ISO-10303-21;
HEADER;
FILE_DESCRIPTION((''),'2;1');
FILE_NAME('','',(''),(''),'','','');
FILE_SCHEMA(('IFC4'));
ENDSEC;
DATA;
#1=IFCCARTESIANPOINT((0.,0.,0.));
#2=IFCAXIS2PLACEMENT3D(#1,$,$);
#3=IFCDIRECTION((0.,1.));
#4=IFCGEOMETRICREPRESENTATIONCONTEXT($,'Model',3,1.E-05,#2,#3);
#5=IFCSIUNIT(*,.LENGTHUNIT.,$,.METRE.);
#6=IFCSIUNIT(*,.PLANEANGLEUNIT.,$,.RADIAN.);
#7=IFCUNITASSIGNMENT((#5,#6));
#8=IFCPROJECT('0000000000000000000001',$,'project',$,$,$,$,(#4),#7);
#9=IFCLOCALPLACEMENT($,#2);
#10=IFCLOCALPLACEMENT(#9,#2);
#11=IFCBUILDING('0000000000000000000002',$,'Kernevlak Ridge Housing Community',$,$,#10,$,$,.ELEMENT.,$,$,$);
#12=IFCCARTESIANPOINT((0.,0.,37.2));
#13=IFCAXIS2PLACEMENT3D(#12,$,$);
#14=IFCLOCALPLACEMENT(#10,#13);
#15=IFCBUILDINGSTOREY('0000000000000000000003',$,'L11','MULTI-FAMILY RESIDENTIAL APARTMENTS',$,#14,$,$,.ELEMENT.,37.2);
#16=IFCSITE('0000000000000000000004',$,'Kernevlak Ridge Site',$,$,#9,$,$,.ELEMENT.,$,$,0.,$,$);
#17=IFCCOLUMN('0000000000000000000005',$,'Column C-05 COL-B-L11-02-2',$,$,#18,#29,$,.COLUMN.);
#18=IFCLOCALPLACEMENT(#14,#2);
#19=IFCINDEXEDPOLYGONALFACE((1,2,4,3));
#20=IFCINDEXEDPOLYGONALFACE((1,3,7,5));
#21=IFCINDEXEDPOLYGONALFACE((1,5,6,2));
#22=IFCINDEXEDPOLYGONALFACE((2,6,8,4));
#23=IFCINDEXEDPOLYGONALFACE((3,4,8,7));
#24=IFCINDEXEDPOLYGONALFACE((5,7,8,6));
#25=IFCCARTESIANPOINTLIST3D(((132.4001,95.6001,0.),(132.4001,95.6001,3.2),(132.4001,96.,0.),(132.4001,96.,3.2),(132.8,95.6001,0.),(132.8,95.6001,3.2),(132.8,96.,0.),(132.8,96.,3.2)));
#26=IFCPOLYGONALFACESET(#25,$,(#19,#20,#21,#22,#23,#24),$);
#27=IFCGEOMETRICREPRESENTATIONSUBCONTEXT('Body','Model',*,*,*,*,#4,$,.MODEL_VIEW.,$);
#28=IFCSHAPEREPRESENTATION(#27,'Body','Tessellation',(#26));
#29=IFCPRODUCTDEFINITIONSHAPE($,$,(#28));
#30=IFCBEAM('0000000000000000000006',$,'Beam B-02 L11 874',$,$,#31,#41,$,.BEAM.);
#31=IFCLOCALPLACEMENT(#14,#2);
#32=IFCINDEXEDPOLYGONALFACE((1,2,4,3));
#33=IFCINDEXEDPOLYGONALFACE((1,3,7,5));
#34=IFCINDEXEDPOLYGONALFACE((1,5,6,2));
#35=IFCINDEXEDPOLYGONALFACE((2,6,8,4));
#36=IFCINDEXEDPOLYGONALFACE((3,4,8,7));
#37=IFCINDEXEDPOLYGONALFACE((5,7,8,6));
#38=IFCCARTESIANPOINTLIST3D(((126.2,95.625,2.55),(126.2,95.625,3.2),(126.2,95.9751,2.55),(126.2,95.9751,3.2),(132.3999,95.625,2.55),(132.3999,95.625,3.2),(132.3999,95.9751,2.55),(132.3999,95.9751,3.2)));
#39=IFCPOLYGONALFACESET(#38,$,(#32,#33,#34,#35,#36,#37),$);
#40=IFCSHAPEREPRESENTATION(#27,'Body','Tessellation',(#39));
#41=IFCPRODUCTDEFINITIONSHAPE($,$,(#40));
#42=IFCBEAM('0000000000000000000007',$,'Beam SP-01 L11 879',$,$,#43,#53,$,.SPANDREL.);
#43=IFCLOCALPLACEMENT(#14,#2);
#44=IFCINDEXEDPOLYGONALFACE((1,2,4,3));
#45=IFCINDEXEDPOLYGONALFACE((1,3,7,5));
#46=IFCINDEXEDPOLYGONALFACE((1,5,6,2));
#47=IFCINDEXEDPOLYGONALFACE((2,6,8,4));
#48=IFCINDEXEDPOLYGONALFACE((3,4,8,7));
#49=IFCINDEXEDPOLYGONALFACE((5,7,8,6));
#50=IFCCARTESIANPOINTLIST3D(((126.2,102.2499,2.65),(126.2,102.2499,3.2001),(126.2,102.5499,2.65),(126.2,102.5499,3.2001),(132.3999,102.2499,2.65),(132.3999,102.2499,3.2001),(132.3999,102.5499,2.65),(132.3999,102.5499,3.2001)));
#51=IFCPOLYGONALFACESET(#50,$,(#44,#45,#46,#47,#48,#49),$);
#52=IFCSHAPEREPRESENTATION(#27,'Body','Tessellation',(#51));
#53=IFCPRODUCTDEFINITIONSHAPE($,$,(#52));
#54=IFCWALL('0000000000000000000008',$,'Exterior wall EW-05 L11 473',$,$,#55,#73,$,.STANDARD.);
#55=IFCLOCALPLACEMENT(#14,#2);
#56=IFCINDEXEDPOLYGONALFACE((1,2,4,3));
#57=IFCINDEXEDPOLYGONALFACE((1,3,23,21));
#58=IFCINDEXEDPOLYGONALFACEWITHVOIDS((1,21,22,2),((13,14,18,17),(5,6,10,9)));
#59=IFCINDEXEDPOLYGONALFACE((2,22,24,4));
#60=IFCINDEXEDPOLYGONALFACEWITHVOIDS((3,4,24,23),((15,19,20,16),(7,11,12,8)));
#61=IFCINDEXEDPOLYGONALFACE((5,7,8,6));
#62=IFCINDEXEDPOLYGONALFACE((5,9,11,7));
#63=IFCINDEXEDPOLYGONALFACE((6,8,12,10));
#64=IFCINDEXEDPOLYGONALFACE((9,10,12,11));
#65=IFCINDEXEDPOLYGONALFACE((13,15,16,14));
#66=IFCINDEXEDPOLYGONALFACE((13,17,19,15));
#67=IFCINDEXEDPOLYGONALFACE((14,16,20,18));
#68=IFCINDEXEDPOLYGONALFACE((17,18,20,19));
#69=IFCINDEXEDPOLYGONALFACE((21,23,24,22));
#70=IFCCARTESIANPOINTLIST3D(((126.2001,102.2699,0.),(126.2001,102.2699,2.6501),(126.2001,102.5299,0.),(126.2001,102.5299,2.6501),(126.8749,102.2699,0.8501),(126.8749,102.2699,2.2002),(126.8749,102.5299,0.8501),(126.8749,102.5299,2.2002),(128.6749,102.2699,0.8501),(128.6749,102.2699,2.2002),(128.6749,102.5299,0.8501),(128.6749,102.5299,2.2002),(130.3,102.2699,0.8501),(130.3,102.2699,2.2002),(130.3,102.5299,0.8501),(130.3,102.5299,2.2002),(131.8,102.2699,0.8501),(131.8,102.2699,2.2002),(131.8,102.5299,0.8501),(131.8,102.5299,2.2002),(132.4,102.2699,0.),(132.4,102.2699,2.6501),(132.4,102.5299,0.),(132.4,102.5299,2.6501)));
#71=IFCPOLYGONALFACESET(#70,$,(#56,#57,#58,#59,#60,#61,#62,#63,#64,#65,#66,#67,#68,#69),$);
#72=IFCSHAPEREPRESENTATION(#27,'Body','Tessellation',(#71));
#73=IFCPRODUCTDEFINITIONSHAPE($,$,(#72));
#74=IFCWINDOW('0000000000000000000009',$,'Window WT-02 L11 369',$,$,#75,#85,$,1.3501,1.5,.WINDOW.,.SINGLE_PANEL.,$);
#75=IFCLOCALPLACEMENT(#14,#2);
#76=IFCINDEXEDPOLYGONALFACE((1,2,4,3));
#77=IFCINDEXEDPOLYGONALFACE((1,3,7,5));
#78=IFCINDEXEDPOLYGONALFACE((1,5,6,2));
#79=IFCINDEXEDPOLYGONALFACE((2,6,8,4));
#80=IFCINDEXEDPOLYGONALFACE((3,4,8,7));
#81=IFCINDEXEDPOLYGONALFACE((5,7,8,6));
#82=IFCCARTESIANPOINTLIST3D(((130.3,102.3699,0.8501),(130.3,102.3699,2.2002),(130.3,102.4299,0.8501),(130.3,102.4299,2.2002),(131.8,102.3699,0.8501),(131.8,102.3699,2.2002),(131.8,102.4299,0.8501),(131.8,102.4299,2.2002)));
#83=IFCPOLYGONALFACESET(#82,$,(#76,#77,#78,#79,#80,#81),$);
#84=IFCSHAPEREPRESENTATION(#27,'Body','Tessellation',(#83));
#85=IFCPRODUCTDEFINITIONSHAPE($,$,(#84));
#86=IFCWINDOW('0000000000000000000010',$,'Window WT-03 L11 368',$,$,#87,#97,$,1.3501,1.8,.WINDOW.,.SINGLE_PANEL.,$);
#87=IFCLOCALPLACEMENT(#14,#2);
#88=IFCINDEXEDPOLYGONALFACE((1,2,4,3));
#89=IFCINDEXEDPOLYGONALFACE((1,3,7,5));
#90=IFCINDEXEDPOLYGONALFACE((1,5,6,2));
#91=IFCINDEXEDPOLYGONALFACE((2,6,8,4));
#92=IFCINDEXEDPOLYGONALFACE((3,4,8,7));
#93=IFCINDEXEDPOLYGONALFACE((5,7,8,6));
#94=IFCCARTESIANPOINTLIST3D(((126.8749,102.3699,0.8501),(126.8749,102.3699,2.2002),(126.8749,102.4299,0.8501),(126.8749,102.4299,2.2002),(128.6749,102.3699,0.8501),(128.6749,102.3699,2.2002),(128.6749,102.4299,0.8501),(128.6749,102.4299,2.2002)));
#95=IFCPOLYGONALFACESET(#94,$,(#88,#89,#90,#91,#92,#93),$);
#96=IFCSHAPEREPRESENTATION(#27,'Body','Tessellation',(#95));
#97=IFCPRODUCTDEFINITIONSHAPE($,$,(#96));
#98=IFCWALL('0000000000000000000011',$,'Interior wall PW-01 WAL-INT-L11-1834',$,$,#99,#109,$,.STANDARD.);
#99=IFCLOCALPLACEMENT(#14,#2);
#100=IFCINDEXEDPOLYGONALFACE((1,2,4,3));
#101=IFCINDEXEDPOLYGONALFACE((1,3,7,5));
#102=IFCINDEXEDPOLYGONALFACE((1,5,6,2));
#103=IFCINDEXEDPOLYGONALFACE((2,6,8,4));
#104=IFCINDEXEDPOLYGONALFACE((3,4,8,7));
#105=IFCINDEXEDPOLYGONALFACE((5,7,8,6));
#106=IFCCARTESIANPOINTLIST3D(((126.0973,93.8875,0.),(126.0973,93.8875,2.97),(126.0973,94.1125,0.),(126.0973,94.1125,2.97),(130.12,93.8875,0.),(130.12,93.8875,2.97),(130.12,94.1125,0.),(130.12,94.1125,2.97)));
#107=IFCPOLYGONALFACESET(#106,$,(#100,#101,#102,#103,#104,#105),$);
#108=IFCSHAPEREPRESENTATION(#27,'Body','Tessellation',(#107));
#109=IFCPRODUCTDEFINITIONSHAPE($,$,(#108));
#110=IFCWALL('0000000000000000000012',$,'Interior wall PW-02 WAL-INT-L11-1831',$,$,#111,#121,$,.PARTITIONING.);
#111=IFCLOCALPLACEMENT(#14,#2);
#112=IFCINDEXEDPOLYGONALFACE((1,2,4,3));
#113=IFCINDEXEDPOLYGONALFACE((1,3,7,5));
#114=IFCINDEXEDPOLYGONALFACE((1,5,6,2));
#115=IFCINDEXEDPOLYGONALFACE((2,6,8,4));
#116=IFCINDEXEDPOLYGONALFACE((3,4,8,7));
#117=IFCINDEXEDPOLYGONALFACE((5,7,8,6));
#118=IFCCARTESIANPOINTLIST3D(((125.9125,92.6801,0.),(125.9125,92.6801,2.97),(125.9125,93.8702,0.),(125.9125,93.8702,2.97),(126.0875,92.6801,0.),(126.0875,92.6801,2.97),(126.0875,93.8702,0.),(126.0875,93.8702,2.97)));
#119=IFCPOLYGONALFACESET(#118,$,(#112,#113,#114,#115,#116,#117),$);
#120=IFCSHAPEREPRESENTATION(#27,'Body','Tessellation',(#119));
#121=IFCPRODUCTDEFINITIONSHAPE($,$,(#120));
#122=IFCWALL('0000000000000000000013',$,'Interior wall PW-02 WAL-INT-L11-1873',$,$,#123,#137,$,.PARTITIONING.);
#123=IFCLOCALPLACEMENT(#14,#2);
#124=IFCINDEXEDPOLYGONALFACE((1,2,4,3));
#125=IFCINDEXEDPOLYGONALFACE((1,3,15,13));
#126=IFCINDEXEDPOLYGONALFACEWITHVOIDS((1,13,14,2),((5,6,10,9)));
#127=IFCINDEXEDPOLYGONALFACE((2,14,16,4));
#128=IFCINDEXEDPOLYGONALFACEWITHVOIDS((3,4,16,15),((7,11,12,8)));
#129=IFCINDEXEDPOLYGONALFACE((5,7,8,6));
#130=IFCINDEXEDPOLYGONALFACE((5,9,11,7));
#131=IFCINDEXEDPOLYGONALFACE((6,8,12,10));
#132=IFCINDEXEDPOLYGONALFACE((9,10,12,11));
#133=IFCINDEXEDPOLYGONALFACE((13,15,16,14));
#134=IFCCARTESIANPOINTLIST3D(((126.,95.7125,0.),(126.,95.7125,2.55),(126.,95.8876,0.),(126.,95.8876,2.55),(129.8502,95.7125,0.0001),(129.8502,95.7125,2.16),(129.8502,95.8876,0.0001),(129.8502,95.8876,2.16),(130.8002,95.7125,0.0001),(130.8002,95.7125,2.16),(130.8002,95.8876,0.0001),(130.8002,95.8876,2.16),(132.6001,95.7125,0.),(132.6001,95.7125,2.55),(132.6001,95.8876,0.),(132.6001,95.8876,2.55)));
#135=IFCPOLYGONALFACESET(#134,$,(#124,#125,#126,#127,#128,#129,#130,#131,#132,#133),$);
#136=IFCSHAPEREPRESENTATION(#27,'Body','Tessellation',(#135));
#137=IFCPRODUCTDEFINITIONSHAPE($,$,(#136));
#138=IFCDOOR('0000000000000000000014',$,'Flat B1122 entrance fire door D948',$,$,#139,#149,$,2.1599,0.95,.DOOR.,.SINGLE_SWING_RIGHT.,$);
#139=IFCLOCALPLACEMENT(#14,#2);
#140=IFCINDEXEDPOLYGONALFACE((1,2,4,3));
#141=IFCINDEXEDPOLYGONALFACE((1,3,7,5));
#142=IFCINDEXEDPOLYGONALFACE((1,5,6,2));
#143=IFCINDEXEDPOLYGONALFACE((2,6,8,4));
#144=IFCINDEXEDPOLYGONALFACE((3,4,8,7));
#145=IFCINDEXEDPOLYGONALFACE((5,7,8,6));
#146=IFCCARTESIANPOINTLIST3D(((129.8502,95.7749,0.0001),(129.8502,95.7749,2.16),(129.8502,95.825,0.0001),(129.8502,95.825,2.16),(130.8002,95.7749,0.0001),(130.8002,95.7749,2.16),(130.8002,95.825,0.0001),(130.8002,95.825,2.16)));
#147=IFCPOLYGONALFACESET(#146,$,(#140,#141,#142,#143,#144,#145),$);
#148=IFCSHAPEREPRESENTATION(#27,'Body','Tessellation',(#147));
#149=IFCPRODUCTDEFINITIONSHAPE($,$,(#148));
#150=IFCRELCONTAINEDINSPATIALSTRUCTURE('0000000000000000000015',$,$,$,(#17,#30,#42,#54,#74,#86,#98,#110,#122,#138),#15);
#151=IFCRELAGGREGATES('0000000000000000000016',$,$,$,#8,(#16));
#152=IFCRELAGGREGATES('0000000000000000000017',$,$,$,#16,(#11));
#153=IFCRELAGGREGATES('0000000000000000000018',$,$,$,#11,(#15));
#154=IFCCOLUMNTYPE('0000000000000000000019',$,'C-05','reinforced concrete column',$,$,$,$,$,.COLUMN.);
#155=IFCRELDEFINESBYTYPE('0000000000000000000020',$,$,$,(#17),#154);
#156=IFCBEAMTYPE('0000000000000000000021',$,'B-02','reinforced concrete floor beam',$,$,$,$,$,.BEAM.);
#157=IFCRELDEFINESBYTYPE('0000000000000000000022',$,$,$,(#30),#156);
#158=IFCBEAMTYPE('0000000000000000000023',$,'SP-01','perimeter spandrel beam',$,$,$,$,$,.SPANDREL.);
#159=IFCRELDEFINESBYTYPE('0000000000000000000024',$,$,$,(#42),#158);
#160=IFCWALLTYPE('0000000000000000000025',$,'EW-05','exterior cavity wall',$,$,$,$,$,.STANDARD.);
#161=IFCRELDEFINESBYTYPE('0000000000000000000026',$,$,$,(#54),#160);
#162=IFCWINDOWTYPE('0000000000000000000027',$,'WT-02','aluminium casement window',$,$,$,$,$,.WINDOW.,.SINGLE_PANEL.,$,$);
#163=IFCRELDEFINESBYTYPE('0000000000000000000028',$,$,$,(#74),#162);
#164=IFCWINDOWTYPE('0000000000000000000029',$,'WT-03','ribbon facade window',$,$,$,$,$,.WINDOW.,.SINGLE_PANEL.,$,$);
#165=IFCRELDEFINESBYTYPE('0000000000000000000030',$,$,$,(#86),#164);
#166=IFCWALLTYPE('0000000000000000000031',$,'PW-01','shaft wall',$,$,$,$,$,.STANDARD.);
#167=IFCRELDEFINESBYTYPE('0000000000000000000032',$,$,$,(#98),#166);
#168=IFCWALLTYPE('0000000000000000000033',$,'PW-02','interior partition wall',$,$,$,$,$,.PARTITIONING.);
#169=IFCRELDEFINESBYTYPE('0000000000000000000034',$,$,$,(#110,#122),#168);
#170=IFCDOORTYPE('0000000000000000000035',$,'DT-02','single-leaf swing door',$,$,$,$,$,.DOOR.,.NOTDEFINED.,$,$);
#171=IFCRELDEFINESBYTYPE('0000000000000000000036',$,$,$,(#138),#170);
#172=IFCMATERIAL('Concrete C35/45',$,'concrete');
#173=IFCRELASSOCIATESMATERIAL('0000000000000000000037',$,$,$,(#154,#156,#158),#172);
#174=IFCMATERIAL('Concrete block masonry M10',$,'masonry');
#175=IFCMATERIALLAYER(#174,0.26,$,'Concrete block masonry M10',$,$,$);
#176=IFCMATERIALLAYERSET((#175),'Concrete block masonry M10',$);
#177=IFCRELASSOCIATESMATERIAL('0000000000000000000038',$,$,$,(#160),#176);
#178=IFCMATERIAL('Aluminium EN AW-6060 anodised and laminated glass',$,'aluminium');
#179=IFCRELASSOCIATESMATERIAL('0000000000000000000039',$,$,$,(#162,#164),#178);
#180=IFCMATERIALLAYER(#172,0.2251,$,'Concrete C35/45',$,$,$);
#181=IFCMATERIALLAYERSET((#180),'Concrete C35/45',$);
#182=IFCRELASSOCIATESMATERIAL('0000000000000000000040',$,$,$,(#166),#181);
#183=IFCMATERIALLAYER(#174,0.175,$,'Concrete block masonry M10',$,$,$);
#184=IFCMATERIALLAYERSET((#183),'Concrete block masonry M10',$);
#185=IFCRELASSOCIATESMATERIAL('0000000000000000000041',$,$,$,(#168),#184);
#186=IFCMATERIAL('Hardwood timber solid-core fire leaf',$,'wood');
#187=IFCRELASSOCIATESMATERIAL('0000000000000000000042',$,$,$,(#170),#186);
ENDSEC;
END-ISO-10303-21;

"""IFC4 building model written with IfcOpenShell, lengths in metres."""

from ifc_helpers import new_model, si_unit, direction, frame, frame_2d, origin, origin_2d, place, context, subcontext, project, spatial, rectangle, extrude, material, layer, layer_set, material_profile, profile_set, type_object, element, fill, save


model = new_model("IFC4")

# Units and contexts
model_context = context("Model", 3, precision=1e-05, world=origin(), true_north=direction((0.0, 1.0)))
body_context = subcontext(model_context, "Body", "Model", "MODEL_VIEW")
ifc_project = project(units=[si_unit("LENGTHUNIT", "METRE"), si_unit("PLANEANGLEUNIT", "RADIAN")], contexts=[model_context])

# Site, building, storey
site_placement = place(None, origin())
site = spatial("IfcSite", under=ifc_project, at=site_placement, Name="Kernevlak Ridge Site", CompositionType="ELEMENT", RefElevation=0.0)
building_placement = place(site_placement, origin())
building = spatial("IfcBuilding", under=site, at=building_placement, Name="Kernevlak Ridge Housing Community", CompositionType="ELEMENT")
storey_placement = place(building_placement, frame((0.0, 0.0, 37.2)))
storey = spatial("IfcBuildingStorey", under=building, at=storey_placement, Name="L11", Description="MULTI-FAMILY RESIDENTIAL APARTMENTS", CompositionType="ELEMENT", Elevation=37.2)

# Column
ifc_material_1 = material(Name="Concrete C35/45", Category="concrete")
ifc_material_profile_1 = material_profile(ifc_material_1, rectangle(XDim=0.3999, YDim=0.3999, at=origin_2d()), Name="RC 400x400")
ifc_profile_set_1 = profile_set([ifc_material_profile_1], Name="Concrete C35/45")
column_type = type_object("IfcColumnType", Name="C-05", Description="reinforced concrete column", PredefinedType="COLUMN", material=ifc_profile_set_1)
column_placement = place(storey_placement, frame((132.6001, 95.8, 0.0), z_axis=(0.0, 0.0, 1.0), x_axis=(1.0, 0.0, 0.0)))
element("IfcColumn", 1, at=column_placement, inside=storey, type_object=column_type, Name="Column C-05 COL-B-L11-02-2", PredefinedType="COLUMN", context=body_context, shape_type="SweptSolid", body=[
    extrude(rectangle(XDim=0.3999, YDim=0.3999, at=origin_2d()), origin(), (0.0, 0.0, 1.0), 3.2),
])

# Beams
ifc_material_profile_2 = material_profile(ifc_material_1, rectangle(XDim=0.3501, YDim=0.6499, at=origin_2d()), Name="RC 350x650")
ifc_profile_set_2 = profile_set([ifc_material_profile_2], Name="Concrete C35/45")
beam_type_1 = type_object("IfcBeamType", Name="B-02", Description="reinforced concrete floor beam", PredefinedType="BEAM", material=ifc_profile_set_2)
beam_1_placement = place(storey_placement, frame((126.2, 95.8, 2.875), z_axis=(1.0, 0.0, 0.0), x_axis=(0.0, 1.0, 0.0)))
element("IfcBeam", 2, at=beam_1_placement, inside=storey, type_object=beam_type_1, Name="Beam B-02 L11 874", PredefinedType="BEAM", context=body_context, shape_type="SweptSolid", body=[
    extrude(rectangle(XDim=0.3501, YDim=0.6499, at=origin_2d()), origin(), (0.0, 0.0, 1.0), 6.2),
])
ifc_material_profile_3 = material_profile(ifc_material_1, rectangle(XDim=0.3, YDim=0.55, at=origin_2d()), Name="RC 300x550")
ifc_profile_set_3 = profile_set([ifc_material_profile_3], Name="Concrete C35/45")
beam_type_2 = type_object("IfcBeamType", Name="SP-01", Description="perimeter spandrel beam", PredefinedType="SPANDREL", material=ifc_profile_set_3)
beam_2_placement = place(storey_placement, frame((126.2, 102.3999, 2.925), z_axis=(1.0, 0.0, 0.0), x_axis=(0.0, 1.0, 0.0)))
element("IfcBeam", 3, at=beam_2_placement, inside=storey, type_object=beam_type_2, Name="Beam SP-01 L11 879", PredefinedType="SPANDREL", context=body_context, shape_type="SweptSolid", body=[
    extrude(rectangle(XDim=0.3, YDim=0.55, at=origin_2d()), origin(), (0.0, 0.0, 1.0), 6.2),
])

# Wall, openings, windows
ifc_material_2 = material(Name="Concrete block masonry M10", Category="masonry")
ifc_layer_1 = layer(ifc_material_2, 0.26, Name="Concrete block masonry M10")
ifc_layer_set_1 = layer_set([ifc_layer_1], Name="Concrete block masonry M10")
wall_type_1 = type_object("IfcWallType", Name="EW-05", Description="exterior cavity wall", PredefinedType="STANDARD", material=ifc_layer_set_1)
wall_1_placement = place(storey_placement, frame((126.2, 102.3999, 0.0), z_axis=(0.0, 0.0, 1.0), x_axis=(1.0, 0.0, 0.0)))
wall_1 = element("IfcWall", 4, at=wall_1_placement, inside=storey, type_object=wall_type_1, Name="Exterior wall EW-05 L11 473", PredefinedType="STANDARD", context=body_context, shape_type="SweptSolid", body=[
    extrude(rectangle(XDim=6.2, YDim=0.26, at=frame_2d((3.1001, 0.0))), origin(), (0.0, 0.0, 1.0), 2.6501),
])
opening_1_placement = place(wall_1_placement, frame((0.675, 0.0, 0.8501)))
opening_1 = element("IfcOpeningElement", 5, at=opening_1_placement, cuts=wall_1, PredefinedType="OPENING", context=body_context, shape_type="SweptSolid", body=[
    extrude(rectangle(XDim=1.8, YDim=1.3501, at=frame_2d((0.8999, 0.675))), frame((0.0, 0.1399, 0.0), z_axis=(0.0, -1.0, 0.0), x_axis=(1.0, 0.0, 0.0)), (0.0, 0.0, 1.0), 0.28),
])
opening_2_placement = place(wall_1_placement, frame((4.1001, 0.0, 0.8501)))
opening_2 = element("IfcOpeningElement", 6, at=opening_2_placement, cuts=wall_1, PredefinedType="OPENING", context=body_context, shape_type="SweptSolid", body=[
    extrude(rectangle(XDim=1.5, YDim=1.3501, at=frame_2d((0.75, 0.675))), frame((0.0, 0.1399, 0.0), z_axis=(0.0, -1.0, 0.0), x_axis=(1.0, 0.0, 0.0)), (0.0, 0.0, 1.0), 0.28),
])
ifc_material_3 = material(Name="Aluminium EN AW-6060 anodised and laminated glass", Category="aluminium")
window_type_1 = type_object("IfcWindowType", Name="WT-02", Description="aluminium casement window", PartitioningType="SINGLE_PANEL", PredefinedType="WINDOW", material=ifc_material_3)
window_1_placement = place(opening_2_placement, origin())
window_1 = element("IfcWindow", 7, at=window_1_placement, inside=storey, type_object=window_type_1, Name="Window WT-02 L11 369", OverallHeight=1.3501, OverallWidth=1.5, PartitioningType="SINGLE_PANEL", PredefinedType="WINDOW", context=body_context, shape_type="SweptSolid", body=[
    extrude(rectangle(XDim=1.5, YDim=1.3501, at=frame_2d((0.75, 0.675))), frame((0.0, 0.03, 0.0), z_axis=(0.0, -1.0, 0.0), x_axis=(1.0, 0.0, 0.0)), (0.0, 0.0, 1.0), 0.0601),
])
fill(opening_2, window_1)
window_type_2 = type_object("IfcWindowType", Name="WT-03", Description="ribbon facade window", PartitioningType="SINGLE_PANEL", PredefinedType="WINDOW", material=ifc_material_3)
window_2_placement = place(opening_1_placement, origin())
window_2 = element("IfcWindow", 8, at=window_2_placement, inside=storey, type_object=window_type_2, Name="Window WT-03 L11 368", OverallHeight=1.3501, OverallWidth=1.8, PartitioningType="SINGLE_PANEL", PredefinedType="WINDOW", context=body_context, shape_type="SweptSolid", body=[
    extrude(rectangle(XDim=1.8, YDim=1.3501, at=frame_2d((0.8999, 0.675))), frame((0.0, 0.03, 0.0), z_axis=(0.0, -1.0, 0.0), x_axis=(1.0, 0.0, 0.0)), (0.0, 0.0, 1.0), 0.0601),
])
fill(opening_1, window_2)

# Wall
ifc_layer_2 = layer(ifc_material_1, 0.2251, Name="Concrete C35/45")
ifc_layer_set_2 = layer_set([ifc_layer_2], Name="Concrete C35/45")
wall_type_2 = type_object("IfcWallType", Name="PW-01", Description="shaft wall", PredefinedType="STANDARD", material=ifc_layer_set_2)
wall_2_placement = place(storey_placement, frame((126.0974, 94.0, 0.0), z_axis=(0.0, 0.0, 1.0), x_axis=(1.0, 0.0, 0.0)))
element("IfcWall", 9, at=wall_2_placement, inside=storey, type_object=wall_type_2, Name="Interior wall PW-01 WAL-INT-L11-1834", PredefinedType="STANDARD", context=body_context, shape_type="SweptSolid", body=[
    extrude(rectangle(XDim=4.0227, YDim=0.2251, at=frame_2d((2.0112, 0.0))), origin(), (0.0, 0.0, 1.0), 2.97),
])

# Wall
ifc_layer_3 = layer(ifc_material_2, 0.175, Name="Concrete block masonry M10")
ifc_layer_set_3 = layer_set([ifc_layer_3], Name="Concrete block masonry M10")
wall_type_3 = type_object("IfcWallType", Name="PW-02", Description="interior partition wall", PredefinedType="PARTITIONING", material=ifc_layer_set_3)
wall_3_placement = place(storey_placement, frame((126.0, 92.6799, 0.0), z_axis=(0.0, 0.0, 1.0), x_axis=(0.0, 1.0, 0.0)))
element("IfcWall", 10, at=wall_3_placement, inside=storey, type_object=wall_type_3, Name="Interior wall PW-02 WAL-INT-L11-1831", PredefinedType="PARTITIONING", context=body_context, shape_type="SweptSolid", body=[
    extrude(rectangle(XDim=1.1902, YDim=0.175, at=frame_2d((0.5952, 0.0))), origin(), (0.0, 0.0, 1.0), 2.97),
])

# Wall, opening, door
wall_4_placement = place(storey_placement, frame((126.0, 95.8, 0.0), z_axis=(0.0, 0.0, 1.0), x_axis=(1.0, 0.0, 0.0)))
wall_4 = element("IfcWall", 11, at=wall_4_placement, inside=storey, type_object=wall_type_3, Name="Interior wall PW-02 WAL-INT-L11-1873", PredefinedType="PARTITIONING", context=body_context, shape_type="SweptSolid", body=[
    extrude(rectangle(XDim=6.6001, YDim=0.175, at=frame_2d((3.3, 0.0))), origin(), (0.0, 0.0, 1.0), 2.55),
])
opening_3_placement = place(wall_4_placement, frame((3.8501, 0.0, 0.0)))
opening_3 = element("IfcOpeningElement", 12, at=opening_3_placement, cuts=wall_4, PredefinedType="OPENING", context=body_context, shape_type="SweptSolid", body=[
    extrude(rectangle(XDim=0.95, YDim=2.1599, at=frame_2d((0.4751, 1.0801))), frame((0.0, 0.0974, 0.0), z_axis=(0.0, -1.0, 0.0), x_axis=(1.0, 0.0, 0.0)), (0.0, 0.0, 1.0), 0.1951),
])
ifc_material_4 = material(Name="Hardwood timber solid-core fire leaf", Category="wood")
door_type_1 = type_object("IfcDoorType", Name="DT-02", Description="single-leaf swing door", OperationType="NOTDEFINED", PredefinedType="DOOR", material=ifc_material_4)
door_1_placement = place(opening_3_placement, origin())
door_1 = element("IfcDoor", 13, at=door_1_placement, inside=storey, type_object=door_type_1, Name="Flat B1122 entrance fire door D948", OperationType="SINGLE_SWING_RIGHT", OverallHeight=2.1599, OverallWidth=0.95, PredefinedType="DOOR", context=body_context, shape_type="SweptSolid", body=[
    extrude(rectangle(XDim=0.95, YDim=2.1599, at=frame_2d((0.4751, 1.0801))), frame((0.0, 0.0249, 0.0), z_axis=(0.0, -1.0, 0.0), x_axis=(1.0, 0.0, 0.0)), (0.0, 0.0, 1.0), 0.05),
])
fill(opening_3, door_1)

save(model, "model.ifc")
